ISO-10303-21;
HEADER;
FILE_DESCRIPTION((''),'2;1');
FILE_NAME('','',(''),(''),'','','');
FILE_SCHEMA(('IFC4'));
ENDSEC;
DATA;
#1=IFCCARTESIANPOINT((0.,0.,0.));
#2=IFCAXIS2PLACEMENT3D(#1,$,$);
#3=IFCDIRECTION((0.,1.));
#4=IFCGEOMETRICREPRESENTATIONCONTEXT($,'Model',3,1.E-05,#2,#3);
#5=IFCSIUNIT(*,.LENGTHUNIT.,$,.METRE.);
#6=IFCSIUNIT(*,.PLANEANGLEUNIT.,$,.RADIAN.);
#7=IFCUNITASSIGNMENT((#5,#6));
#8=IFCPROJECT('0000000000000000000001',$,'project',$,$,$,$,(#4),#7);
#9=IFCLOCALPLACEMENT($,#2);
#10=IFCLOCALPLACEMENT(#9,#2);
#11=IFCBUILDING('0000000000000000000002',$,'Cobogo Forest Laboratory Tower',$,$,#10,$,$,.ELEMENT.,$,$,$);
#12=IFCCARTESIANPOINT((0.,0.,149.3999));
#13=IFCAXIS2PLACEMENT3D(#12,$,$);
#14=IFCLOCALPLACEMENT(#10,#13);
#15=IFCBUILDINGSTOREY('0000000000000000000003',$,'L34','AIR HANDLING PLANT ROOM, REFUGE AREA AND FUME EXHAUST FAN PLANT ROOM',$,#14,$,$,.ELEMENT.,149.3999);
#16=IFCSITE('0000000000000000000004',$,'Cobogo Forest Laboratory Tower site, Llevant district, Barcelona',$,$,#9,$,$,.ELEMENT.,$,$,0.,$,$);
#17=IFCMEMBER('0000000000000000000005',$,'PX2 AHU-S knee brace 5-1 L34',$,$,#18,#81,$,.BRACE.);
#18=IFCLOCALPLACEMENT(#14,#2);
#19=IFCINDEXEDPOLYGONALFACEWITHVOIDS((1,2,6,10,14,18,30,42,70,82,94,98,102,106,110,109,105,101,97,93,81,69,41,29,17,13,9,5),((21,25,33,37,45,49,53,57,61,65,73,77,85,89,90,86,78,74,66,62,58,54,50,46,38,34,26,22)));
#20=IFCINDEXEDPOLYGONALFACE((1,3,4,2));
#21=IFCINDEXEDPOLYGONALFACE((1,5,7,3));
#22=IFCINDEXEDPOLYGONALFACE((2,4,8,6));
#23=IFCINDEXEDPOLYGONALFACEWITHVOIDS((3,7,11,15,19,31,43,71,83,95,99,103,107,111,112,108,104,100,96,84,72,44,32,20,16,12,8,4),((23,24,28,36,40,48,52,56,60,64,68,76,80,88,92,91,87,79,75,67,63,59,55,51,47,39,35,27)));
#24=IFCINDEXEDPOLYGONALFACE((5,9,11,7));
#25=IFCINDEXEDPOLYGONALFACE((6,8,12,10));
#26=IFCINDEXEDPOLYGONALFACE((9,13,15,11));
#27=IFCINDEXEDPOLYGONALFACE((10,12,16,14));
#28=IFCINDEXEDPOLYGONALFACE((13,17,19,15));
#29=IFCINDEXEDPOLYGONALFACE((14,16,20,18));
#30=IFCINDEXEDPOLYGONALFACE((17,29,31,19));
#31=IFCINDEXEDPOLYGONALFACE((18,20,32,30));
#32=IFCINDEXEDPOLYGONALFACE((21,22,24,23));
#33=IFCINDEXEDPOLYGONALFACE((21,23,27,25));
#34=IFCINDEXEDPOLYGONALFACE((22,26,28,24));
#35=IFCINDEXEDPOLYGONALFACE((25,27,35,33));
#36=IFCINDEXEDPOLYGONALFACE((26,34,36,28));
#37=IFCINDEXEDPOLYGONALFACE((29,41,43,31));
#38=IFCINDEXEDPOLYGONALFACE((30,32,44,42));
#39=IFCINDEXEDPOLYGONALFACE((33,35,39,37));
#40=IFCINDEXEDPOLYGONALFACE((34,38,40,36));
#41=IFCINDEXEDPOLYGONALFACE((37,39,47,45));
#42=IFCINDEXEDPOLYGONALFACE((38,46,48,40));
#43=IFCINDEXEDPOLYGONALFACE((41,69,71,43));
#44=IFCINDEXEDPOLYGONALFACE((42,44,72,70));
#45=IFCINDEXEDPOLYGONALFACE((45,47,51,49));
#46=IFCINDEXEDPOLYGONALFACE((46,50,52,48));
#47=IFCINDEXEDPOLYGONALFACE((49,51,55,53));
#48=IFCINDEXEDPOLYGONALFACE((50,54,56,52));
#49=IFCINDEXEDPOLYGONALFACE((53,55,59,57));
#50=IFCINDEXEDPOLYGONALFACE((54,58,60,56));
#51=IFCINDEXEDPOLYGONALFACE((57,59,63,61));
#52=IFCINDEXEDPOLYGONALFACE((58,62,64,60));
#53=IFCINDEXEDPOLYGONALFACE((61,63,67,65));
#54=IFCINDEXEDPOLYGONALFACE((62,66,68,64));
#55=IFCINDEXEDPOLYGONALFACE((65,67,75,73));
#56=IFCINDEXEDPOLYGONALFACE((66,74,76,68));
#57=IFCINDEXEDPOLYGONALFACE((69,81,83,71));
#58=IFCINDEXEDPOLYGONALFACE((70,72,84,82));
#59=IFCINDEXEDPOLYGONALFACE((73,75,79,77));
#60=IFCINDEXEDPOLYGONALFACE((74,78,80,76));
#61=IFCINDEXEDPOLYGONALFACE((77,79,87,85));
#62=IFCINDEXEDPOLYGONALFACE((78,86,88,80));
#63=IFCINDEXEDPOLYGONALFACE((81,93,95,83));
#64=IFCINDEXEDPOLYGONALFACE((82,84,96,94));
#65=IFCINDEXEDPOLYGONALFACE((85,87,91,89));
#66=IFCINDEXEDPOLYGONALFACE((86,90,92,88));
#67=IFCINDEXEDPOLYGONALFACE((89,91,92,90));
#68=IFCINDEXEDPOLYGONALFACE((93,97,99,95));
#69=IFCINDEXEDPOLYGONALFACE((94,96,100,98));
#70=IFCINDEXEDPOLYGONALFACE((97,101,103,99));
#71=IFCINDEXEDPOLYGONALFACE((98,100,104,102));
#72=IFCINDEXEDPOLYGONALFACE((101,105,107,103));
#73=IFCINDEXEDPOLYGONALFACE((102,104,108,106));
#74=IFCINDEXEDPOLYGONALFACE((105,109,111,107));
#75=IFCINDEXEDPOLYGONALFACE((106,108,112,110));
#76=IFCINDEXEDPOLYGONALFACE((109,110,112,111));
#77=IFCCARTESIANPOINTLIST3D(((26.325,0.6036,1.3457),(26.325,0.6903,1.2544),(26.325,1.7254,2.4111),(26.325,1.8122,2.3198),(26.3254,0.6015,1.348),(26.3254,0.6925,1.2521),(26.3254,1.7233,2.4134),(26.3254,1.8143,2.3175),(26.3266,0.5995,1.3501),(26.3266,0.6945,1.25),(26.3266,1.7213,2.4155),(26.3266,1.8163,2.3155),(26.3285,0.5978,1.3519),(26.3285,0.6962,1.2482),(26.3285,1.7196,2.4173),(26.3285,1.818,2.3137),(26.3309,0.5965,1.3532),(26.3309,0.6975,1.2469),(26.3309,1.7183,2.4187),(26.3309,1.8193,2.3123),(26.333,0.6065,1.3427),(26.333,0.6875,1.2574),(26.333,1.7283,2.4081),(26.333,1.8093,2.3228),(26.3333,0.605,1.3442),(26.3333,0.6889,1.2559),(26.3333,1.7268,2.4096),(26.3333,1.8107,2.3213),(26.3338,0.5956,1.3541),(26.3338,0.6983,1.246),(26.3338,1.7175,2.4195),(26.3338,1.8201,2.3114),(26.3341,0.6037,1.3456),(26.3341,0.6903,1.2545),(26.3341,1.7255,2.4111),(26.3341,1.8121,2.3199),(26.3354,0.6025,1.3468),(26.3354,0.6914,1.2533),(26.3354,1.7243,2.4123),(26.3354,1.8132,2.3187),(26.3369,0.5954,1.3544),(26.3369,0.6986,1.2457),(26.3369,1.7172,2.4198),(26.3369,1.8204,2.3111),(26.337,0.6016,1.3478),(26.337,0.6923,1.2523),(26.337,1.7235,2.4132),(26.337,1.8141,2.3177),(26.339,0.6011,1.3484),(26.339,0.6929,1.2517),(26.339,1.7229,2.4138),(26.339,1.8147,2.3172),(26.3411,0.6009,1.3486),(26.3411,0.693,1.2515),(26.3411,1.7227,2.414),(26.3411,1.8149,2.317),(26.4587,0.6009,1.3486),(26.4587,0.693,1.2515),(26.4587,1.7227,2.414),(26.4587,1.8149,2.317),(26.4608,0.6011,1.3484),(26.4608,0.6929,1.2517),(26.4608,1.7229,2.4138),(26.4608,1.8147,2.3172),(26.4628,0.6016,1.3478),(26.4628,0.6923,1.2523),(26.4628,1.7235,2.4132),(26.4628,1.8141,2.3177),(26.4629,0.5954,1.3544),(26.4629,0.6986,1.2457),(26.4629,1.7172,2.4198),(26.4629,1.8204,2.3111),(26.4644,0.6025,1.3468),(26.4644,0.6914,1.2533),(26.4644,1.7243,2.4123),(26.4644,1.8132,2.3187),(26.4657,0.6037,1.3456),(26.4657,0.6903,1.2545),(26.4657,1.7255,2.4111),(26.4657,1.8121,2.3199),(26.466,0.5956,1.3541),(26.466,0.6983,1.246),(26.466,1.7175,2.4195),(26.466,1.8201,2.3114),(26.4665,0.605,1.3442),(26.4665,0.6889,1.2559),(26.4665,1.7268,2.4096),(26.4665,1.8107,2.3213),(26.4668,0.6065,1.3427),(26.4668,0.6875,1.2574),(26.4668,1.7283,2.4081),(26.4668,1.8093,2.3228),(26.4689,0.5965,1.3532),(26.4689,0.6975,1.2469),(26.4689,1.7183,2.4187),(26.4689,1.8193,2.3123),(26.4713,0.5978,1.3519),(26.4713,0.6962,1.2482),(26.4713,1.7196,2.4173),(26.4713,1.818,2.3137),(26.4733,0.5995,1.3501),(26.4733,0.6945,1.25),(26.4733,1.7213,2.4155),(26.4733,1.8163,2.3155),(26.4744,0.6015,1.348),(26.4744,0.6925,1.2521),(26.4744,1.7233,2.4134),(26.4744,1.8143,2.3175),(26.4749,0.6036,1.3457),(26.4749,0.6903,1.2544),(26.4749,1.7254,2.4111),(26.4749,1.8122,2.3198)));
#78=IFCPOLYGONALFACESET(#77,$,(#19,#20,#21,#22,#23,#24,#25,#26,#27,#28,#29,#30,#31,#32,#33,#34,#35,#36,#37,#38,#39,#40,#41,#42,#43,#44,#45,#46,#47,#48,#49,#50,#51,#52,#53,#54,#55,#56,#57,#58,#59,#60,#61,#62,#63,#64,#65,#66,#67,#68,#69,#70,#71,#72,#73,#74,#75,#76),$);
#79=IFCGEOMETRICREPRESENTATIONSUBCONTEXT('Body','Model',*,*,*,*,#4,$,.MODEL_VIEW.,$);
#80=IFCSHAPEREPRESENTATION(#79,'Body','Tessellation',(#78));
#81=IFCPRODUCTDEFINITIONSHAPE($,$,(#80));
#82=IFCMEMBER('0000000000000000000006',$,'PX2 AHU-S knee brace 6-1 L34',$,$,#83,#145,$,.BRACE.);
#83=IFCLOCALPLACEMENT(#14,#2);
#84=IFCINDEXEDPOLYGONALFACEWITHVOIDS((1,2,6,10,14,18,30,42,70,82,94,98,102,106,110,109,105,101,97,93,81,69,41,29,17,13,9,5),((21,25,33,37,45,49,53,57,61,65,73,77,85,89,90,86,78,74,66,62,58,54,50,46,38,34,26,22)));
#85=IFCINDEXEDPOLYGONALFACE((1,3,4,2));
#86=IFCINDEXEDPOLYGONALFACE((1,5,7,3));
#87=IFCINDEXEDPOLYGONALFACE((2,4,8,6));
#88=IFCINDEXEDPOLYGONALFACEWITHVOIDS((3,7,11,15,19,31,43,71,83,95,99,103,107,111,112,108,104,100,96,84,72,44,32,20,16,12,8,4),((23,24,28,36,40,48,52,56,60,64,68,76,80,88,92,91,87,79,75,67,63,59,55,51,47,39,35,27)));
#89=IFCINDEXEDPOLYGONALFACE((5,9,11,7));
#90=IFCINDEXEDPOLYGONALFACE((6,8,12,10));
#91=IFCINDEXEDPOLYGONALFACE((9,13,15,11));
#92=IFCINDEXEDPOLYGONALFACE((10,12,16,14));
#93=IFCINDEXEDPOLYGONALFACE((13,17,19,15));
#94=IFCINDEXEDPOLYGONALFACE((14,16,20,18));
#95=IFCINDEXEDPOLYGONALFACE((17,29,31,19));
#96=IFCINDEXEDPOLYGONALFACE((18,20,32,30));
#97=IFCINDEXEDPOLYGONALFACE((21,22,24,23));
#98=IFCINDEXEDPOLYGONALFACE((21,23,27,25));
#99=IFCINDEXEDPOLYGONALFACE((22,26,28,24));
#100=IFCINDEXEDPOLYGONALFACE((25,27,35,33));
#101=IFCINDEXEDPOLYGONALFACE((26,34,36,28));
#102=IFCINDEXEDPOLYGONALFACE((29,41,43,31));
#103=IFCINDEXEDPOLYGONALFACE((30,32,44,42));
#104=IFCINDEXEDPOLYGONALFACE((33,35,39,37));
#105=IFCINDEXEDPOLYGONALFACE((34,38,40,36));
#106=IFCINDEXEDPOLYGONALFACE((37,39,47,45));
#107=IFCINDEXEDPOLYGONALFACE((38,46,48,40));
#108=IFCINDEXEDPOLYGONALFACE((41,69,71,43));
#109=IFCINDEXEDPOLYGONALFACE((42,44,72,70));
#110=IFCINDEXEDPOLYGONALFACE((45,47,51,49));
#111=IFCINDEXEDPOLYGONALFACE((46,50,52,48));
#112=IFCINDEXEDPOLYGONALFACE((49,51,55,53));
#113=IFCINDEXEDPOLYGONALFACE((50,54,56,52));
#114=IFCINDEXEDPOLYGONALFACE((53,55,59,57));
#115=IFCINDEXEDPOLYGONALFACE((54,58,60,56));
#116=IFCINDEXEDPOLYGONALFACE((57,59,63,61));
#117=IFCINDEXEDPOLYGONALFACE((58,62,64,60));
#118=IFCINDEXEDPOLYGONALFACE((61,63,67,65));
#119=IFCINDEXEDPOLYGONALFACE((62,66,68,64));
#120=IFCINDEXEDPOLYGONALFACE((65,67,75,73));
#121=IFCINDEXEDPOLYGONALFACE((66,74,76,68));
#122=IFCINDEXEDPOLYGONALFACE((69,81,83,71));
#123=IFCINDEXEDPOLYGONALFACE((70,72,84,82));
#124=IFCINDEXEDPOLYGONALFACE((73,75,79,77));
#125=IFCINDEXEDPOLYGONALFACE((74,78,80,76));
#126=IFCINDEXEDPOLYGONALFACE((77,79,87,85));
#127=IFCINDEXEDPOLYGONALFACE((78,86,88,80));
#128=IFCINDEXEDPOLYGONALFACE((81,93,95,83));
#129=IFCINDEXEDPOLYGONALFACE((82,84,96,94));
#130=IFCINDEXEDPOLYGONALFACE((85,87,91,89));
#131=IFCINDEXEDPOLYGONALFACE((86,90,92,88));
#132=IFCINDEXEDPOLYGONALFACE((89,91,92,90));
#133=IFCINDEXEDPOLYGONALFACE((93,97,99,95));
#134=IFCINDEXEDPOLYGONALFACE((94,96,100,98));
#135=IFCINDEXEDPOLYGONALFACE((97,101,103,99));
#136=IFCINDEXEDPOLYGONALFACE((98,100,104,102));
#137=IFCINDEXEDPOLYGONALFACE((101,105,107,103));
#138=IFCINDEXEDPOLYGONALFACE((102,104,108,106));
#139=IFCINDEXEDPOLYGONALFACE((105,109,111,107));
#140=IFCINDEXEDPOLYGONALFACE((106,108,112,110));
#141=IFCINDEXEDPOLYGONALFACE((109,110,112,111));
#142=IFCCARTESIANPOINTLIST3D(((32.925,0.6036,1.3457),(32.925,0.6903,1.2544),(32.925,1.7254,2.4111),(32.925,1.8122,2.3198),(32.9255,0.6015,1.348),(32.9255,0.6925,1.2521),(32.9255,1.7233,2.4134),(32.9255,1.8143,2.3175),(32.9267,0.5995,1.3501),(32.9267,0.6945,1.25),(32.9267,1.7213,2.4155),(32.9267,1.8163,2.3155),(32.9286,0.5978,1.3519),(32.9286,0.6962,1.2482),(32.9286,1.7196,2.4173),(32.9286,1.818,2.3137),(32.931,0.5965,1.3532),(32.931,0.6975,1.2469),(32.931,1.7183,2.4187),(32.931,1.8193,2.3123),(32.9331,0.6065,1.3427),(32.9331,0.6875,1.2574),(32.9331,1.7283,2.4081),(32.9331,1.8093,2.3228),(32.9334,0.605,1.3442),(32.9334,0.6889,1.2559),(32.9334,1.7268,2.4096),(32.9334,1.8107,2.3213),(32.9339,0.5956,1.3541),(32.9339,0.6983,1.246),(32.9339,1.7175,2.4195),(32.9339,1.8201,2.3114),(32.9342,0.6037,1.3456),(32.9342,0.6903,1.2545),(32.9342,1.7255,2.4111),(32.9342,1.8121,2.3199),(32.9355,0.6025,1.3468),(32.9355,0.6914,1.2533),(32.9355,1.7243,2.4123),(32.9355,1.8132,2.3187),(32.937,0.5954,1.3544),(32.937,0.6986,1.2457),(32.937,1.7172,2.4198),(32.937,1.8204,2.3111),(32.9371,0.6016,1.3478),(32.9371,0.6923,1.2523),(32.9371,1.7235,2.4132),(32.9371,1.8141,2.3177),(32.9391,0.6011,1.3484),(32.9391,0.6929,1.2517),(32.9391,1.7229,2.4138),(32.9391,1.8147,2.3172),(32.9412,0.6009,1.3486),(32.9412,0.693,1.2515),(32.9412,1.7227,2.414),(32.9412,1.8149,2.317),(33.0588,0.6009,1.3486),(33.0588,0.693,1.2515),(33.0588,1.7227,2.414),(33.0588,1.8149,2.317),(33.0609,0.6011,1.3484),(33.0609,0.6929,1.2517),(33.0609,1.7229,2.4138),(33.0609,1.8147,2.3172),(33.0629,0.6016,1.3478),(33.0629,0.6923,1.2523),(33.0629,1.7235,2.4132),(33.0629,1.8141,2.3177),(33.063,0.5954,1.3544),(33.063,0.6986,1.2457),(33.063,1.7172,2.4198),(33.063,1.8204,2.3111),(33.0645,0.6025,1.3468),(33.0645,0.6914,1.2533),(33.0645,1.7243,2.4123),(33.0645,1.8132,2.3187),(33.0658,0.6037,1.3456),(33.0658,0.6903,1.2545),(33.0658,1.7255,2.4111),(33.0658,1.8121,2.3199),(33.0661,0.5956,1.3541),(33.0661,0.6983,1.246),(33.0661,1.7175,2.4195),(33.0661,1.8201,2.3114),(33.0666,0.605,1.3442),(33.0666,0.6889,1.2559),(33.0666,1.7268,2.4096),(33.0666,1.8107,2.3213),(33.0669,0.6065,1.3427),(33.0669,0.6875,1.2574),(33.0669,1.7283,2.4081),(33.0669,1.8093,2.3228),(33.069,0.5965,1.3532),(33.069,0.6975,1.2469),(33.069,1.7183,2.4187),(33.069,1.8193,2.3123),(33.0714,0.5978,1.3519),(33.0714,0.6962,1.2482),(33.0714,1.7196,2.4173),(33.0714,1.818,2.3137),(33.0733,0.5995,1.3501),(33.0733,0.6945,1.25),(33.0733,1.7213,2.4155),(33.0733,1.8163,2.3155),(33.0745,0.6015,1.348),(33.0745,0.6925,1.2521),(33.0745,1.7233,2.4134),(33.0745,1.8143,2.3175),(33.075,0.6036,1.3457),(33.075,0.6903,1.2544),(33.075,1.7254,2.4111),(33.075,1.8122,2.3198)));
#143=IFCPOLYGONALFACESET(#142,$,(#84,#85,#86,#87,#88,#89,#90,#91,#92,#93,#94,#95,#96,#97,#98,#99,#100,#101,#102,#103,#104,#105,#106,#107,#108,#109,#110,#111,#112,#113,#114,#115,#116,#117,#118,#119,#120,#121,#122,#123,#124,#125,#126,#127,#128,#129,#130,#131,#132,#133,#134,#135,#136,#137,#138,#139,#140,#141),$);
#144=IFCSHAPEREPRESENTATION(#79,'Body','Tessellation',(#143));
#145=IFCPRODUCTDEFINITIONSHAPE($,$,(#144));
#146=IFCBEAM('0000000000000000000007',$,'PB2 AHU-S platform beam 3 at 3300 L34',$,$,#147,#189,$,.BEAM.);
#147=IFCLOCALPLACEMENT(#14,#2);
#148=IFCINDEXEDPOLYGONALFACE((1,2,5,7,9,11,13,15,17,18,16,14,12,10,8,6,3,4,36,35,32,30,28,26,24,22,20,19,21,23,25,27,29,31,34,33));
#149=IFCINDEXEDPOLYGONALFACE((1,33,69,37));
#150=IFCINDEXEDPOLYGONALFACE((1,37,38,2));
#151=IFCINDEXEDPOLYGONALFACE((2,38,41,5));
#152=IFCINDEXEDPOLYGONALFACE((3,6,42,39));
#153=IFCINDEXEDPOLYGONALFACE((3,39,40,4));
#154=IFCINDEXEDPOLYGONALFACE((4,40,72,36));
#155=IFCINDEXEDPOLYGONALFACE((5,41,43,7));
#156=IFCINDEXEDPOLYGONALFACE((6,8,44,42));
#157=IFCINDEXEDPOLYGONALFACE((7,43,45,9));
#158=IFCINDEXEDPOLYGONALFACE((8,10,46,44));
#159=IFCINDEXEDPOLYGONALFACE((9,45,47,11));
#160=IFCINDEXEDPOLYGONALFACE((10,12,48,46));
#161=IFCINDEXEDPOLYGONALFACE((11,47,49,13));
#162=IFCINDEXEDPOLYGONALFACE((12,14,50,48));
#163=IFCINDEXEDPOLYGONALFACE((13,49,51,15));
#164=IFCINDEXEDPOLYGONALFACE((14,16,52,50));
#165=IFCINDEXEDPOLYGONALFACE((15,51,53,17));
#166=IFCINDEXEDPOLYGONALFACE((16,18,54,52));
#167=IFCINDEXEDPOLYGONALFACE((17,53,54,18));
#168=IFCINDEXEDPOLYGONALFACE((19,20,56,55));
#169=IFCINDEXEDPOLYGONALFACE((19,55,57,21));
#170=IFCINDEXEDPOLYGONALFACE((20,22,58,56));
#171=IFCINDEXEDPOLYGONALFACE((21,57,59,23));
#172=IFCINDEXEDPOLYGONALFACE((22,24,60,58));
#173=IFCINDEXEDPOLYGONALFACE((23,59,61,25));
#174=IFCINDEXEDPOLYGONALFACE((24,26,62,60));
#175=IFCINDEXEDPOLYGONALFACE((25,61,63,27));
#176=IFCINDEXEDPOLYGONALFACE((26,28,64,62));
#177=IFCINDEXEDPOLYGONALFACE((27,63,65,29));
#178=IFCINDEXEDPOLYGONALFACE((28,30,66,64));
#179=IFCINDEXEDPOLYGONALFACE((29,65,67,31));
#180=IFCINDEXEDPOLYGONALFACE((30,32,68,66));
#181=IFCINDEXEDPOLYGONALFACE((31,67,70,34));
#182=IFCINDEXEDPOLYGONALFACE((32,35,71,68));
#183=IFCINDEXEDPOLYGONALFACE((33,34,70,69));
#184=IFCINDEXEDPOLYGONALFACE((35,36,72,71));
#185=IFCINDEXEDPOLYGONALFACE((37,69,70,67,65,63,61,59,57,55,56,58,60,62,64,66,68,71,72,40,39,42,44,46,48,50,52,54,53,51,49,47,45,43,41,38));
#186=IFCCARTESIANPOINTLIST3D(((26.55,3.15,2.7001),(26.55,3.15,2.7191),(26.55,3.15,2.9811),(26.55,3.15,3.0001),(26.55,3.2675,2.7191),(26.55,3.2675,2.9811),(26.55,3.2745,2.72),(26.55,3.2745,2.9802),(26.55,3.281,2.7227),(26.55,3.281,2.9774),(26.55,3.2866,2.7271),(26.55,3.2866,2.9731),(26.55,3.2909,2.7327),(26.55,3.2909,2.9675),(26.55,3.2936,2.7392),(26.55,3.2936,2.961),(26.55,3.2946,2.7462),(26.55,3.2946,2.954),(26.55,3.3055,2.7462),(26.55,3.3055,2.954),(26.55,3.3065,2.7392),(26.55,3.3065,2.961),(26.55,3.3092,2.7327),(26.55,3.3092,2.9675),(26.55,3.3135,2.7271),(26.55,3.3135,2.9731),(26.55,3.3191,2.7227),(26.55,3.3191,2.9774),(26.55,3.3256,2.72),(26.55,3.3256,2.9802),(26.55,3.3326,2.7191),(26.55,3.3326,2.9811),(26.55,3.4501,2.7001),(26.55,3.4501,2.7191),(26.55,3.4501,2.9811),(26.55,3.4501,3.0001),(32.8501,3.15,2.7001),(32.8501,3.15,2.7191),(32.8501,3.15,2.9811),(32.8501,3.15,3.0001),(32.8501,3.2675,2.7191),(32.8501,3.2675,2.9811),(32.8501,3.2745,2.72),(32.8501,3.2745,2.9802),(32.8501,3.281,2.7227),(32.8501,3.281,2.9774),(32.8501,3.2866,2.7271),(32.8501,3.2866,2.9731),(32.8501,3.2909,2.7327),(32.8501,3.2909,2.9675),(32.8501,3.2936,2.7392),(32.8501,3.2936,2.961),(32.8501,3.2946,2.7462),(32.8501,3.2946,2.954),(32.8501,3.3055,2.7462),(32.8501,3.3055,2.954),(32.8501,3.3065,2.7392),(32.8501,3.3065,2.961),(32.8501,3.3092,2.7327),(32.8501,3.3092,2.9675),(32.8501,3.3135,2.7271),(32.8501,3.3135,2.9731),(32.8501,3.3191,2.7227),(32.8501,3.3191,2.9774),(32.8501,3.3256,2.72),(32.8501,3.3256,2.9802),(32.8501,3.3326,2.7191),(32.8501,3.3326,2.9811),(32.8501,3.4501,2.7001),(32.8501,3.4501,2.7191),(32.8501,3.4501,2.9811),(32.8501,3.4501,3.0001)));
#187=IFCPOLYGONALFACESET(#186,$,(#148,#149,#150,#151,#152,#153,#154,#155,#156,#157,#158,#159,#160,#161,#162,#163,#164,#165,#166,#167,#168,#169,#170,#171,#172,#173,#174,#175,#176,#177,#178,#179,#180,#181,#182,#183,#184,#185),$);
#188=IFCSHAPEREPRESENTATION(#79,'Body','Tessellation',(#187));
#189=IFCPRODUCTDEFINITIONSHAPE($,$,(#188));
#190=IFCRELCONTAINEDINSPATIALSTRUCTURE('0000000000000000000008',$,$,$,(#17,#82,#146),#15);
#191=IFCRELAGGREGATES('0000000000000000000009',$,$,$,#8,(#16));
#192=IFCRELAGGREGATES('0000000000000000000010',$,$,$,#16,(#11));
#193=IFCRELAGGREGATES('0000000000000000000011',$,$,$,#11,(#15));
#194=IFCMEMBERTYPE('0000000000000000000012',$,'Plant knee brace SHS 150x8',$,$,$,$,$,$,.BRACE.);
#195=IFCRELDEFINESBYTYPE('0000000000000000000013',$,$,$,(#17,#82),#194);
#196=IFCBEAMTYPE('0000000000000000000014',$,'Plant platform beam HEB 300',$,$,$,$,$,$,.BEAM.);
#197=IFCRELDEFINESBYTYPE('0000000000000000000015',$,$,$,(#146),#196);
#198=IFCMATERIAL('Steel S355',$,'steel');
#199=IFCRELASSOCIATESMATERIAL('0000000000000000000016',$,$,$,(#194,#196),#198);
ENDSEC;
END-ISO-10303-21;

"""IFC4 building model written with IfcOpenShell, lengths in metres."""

from ifc_helpers import new_model, si_unit, direction, frame, origin, origin_2d, place, context, subcontext, project, spatial, hollow_rectangle, i_section, extrude, material, material_profile, profile_set, type_object, element, save


model = new_model("IFC4")

# Units and contexts
model_context = context("Model", 3, precision=1e-05, world=origin(), true_north=direction((0.0, 1.0)))
body_context = subcontext(model_context, "Body", "Model", "MODEL_VIEW")
ifc_project = project(units=[si_unit("LENGTHUNIT", "METRE"), si_unit("PLANEANGLEUNIT", "RADIAN")], contexts=[model_context])

# Site, building, storey
site_placement = place(None, origin())
site = spatial("IfcSite", under=ifc_project, at=site_placement, Name="Cobogo Forest Laboratory Tower site, Llevant district, Barcelona", CompositionType="ELEMENT", RefElevation=0.0)
building_placement = place(site_placement, origin())
building = spatial("IfcBuilding", under=site, at=building_placement, Name="Cobogo Forest Laboratory Tower", CompositionType="ELEMENT")
storey_placement = place(building_placement, frame((0.0, 0.0, 149.3999)))
storey = spatial("IfcBuildingStorey", under=building, at=storey_placement, Name="L34", Description="AIR HANDLING PLANT ROOM, REFUGE AREA AND FUME EXHAUST FAN PLANT ROOM", CompositionType="ELEMENT", Elevation=149.3999)

# Members
ifc_material_1 = material(Name="Steel S355", Category="steel")
ifc_material_profile_1 = material_profile(ifc_material_1, hollow_rectangle(XDim=0.1499, YDim=0.1499, WallThickness=0.0081, InnerFilletRadius=0.0081, OuterFilletRadius=0.012, at=origin_2d()), Name="SHS 150x8")
ifc_profile_set_1 = profile_set([ifc_material_profile_1], Name="Steel S355")
member_type_1 = type_object("IfcMemberType", Name="Plant knee brace SHS 150x8", PredefinedType="BRACE", material=ifc_profile_set_1)
for number, where, z_axis, x_axis, name in (
    (1, (26.3999, 0.647, 1.3), (0.0, 0.725098, 0.688646), (-1.0, 0.0, 0.0), "PX2 AHU-S knee brace 5-1 L34"),
    (2, (33.0, 0.647, 1.3), (0.0, 0.725098, 0.688646), (-1.0, 0.0, 0.0), "PX2 AHU-S knee brace 6-1 L34"),
):
    element("IfcMember", number, at=place(storey_placement, frame(where, z_axis=z_axis, x_axis=x_axis)), inside=storey, type_object=member_type_1, Name=name, PredefinedType="BRACE", context=body_context, shape_type="SweptSolid", body=[
        extrude(hollow_rectangle(XDim=0.1499, YDim=0.1499, WallThickness=0.0081, InnerFilletRadius=0.0081, OuterFilletRadius=0.012, at=origin_2d()), origin(), (0.0, 0.0, 1.0), 1.5471),
    ])

# Beam
ifc_material_profile_2 = material_profile(ifc_material_1, i_section(OverallWidth=0.3, OverallDepth=0.3, WebThickness=0.011, FlangeThickness=0.019, FilletRadius=0.0271, at=origin_2d()), Name="HEB 300")
ifc_profile_set_2 = profile_set([ifc_material_profile_2], Name="Steel S355")
beam_type_1 = type_object("IfcBeamType", Name="Plant platform beam HEB 300", PredefinedType="BEAM", material=ifc_profile_set_2)
beam_1_placement = place(storey_placement, frame((26.55, 3.3, 2.8501), z_axis=(1.0, 0.0, 0.0), x_axis=(0.0, 1.0, 0.0)))
element("IfcBeam", 3, at=beam_1_placement, inside=storey, type_object=beam_type_1, Name="PB2 AHU-S platform beam 3 at 3300 L34", PredefinedType="BEAM", context=body_context, shape_type="SweptSolid", body=[
    extrude(i_section(OverallWidth=0.3, OverallDepth=0.3, WebThickness=0.011, FlangeThickness=0.019, FilletRadius=0.0271, at=origin_2d()), origin(), (0.0, 0.0, 1.0), 6.3),
])

save(model, "model.ifc")
